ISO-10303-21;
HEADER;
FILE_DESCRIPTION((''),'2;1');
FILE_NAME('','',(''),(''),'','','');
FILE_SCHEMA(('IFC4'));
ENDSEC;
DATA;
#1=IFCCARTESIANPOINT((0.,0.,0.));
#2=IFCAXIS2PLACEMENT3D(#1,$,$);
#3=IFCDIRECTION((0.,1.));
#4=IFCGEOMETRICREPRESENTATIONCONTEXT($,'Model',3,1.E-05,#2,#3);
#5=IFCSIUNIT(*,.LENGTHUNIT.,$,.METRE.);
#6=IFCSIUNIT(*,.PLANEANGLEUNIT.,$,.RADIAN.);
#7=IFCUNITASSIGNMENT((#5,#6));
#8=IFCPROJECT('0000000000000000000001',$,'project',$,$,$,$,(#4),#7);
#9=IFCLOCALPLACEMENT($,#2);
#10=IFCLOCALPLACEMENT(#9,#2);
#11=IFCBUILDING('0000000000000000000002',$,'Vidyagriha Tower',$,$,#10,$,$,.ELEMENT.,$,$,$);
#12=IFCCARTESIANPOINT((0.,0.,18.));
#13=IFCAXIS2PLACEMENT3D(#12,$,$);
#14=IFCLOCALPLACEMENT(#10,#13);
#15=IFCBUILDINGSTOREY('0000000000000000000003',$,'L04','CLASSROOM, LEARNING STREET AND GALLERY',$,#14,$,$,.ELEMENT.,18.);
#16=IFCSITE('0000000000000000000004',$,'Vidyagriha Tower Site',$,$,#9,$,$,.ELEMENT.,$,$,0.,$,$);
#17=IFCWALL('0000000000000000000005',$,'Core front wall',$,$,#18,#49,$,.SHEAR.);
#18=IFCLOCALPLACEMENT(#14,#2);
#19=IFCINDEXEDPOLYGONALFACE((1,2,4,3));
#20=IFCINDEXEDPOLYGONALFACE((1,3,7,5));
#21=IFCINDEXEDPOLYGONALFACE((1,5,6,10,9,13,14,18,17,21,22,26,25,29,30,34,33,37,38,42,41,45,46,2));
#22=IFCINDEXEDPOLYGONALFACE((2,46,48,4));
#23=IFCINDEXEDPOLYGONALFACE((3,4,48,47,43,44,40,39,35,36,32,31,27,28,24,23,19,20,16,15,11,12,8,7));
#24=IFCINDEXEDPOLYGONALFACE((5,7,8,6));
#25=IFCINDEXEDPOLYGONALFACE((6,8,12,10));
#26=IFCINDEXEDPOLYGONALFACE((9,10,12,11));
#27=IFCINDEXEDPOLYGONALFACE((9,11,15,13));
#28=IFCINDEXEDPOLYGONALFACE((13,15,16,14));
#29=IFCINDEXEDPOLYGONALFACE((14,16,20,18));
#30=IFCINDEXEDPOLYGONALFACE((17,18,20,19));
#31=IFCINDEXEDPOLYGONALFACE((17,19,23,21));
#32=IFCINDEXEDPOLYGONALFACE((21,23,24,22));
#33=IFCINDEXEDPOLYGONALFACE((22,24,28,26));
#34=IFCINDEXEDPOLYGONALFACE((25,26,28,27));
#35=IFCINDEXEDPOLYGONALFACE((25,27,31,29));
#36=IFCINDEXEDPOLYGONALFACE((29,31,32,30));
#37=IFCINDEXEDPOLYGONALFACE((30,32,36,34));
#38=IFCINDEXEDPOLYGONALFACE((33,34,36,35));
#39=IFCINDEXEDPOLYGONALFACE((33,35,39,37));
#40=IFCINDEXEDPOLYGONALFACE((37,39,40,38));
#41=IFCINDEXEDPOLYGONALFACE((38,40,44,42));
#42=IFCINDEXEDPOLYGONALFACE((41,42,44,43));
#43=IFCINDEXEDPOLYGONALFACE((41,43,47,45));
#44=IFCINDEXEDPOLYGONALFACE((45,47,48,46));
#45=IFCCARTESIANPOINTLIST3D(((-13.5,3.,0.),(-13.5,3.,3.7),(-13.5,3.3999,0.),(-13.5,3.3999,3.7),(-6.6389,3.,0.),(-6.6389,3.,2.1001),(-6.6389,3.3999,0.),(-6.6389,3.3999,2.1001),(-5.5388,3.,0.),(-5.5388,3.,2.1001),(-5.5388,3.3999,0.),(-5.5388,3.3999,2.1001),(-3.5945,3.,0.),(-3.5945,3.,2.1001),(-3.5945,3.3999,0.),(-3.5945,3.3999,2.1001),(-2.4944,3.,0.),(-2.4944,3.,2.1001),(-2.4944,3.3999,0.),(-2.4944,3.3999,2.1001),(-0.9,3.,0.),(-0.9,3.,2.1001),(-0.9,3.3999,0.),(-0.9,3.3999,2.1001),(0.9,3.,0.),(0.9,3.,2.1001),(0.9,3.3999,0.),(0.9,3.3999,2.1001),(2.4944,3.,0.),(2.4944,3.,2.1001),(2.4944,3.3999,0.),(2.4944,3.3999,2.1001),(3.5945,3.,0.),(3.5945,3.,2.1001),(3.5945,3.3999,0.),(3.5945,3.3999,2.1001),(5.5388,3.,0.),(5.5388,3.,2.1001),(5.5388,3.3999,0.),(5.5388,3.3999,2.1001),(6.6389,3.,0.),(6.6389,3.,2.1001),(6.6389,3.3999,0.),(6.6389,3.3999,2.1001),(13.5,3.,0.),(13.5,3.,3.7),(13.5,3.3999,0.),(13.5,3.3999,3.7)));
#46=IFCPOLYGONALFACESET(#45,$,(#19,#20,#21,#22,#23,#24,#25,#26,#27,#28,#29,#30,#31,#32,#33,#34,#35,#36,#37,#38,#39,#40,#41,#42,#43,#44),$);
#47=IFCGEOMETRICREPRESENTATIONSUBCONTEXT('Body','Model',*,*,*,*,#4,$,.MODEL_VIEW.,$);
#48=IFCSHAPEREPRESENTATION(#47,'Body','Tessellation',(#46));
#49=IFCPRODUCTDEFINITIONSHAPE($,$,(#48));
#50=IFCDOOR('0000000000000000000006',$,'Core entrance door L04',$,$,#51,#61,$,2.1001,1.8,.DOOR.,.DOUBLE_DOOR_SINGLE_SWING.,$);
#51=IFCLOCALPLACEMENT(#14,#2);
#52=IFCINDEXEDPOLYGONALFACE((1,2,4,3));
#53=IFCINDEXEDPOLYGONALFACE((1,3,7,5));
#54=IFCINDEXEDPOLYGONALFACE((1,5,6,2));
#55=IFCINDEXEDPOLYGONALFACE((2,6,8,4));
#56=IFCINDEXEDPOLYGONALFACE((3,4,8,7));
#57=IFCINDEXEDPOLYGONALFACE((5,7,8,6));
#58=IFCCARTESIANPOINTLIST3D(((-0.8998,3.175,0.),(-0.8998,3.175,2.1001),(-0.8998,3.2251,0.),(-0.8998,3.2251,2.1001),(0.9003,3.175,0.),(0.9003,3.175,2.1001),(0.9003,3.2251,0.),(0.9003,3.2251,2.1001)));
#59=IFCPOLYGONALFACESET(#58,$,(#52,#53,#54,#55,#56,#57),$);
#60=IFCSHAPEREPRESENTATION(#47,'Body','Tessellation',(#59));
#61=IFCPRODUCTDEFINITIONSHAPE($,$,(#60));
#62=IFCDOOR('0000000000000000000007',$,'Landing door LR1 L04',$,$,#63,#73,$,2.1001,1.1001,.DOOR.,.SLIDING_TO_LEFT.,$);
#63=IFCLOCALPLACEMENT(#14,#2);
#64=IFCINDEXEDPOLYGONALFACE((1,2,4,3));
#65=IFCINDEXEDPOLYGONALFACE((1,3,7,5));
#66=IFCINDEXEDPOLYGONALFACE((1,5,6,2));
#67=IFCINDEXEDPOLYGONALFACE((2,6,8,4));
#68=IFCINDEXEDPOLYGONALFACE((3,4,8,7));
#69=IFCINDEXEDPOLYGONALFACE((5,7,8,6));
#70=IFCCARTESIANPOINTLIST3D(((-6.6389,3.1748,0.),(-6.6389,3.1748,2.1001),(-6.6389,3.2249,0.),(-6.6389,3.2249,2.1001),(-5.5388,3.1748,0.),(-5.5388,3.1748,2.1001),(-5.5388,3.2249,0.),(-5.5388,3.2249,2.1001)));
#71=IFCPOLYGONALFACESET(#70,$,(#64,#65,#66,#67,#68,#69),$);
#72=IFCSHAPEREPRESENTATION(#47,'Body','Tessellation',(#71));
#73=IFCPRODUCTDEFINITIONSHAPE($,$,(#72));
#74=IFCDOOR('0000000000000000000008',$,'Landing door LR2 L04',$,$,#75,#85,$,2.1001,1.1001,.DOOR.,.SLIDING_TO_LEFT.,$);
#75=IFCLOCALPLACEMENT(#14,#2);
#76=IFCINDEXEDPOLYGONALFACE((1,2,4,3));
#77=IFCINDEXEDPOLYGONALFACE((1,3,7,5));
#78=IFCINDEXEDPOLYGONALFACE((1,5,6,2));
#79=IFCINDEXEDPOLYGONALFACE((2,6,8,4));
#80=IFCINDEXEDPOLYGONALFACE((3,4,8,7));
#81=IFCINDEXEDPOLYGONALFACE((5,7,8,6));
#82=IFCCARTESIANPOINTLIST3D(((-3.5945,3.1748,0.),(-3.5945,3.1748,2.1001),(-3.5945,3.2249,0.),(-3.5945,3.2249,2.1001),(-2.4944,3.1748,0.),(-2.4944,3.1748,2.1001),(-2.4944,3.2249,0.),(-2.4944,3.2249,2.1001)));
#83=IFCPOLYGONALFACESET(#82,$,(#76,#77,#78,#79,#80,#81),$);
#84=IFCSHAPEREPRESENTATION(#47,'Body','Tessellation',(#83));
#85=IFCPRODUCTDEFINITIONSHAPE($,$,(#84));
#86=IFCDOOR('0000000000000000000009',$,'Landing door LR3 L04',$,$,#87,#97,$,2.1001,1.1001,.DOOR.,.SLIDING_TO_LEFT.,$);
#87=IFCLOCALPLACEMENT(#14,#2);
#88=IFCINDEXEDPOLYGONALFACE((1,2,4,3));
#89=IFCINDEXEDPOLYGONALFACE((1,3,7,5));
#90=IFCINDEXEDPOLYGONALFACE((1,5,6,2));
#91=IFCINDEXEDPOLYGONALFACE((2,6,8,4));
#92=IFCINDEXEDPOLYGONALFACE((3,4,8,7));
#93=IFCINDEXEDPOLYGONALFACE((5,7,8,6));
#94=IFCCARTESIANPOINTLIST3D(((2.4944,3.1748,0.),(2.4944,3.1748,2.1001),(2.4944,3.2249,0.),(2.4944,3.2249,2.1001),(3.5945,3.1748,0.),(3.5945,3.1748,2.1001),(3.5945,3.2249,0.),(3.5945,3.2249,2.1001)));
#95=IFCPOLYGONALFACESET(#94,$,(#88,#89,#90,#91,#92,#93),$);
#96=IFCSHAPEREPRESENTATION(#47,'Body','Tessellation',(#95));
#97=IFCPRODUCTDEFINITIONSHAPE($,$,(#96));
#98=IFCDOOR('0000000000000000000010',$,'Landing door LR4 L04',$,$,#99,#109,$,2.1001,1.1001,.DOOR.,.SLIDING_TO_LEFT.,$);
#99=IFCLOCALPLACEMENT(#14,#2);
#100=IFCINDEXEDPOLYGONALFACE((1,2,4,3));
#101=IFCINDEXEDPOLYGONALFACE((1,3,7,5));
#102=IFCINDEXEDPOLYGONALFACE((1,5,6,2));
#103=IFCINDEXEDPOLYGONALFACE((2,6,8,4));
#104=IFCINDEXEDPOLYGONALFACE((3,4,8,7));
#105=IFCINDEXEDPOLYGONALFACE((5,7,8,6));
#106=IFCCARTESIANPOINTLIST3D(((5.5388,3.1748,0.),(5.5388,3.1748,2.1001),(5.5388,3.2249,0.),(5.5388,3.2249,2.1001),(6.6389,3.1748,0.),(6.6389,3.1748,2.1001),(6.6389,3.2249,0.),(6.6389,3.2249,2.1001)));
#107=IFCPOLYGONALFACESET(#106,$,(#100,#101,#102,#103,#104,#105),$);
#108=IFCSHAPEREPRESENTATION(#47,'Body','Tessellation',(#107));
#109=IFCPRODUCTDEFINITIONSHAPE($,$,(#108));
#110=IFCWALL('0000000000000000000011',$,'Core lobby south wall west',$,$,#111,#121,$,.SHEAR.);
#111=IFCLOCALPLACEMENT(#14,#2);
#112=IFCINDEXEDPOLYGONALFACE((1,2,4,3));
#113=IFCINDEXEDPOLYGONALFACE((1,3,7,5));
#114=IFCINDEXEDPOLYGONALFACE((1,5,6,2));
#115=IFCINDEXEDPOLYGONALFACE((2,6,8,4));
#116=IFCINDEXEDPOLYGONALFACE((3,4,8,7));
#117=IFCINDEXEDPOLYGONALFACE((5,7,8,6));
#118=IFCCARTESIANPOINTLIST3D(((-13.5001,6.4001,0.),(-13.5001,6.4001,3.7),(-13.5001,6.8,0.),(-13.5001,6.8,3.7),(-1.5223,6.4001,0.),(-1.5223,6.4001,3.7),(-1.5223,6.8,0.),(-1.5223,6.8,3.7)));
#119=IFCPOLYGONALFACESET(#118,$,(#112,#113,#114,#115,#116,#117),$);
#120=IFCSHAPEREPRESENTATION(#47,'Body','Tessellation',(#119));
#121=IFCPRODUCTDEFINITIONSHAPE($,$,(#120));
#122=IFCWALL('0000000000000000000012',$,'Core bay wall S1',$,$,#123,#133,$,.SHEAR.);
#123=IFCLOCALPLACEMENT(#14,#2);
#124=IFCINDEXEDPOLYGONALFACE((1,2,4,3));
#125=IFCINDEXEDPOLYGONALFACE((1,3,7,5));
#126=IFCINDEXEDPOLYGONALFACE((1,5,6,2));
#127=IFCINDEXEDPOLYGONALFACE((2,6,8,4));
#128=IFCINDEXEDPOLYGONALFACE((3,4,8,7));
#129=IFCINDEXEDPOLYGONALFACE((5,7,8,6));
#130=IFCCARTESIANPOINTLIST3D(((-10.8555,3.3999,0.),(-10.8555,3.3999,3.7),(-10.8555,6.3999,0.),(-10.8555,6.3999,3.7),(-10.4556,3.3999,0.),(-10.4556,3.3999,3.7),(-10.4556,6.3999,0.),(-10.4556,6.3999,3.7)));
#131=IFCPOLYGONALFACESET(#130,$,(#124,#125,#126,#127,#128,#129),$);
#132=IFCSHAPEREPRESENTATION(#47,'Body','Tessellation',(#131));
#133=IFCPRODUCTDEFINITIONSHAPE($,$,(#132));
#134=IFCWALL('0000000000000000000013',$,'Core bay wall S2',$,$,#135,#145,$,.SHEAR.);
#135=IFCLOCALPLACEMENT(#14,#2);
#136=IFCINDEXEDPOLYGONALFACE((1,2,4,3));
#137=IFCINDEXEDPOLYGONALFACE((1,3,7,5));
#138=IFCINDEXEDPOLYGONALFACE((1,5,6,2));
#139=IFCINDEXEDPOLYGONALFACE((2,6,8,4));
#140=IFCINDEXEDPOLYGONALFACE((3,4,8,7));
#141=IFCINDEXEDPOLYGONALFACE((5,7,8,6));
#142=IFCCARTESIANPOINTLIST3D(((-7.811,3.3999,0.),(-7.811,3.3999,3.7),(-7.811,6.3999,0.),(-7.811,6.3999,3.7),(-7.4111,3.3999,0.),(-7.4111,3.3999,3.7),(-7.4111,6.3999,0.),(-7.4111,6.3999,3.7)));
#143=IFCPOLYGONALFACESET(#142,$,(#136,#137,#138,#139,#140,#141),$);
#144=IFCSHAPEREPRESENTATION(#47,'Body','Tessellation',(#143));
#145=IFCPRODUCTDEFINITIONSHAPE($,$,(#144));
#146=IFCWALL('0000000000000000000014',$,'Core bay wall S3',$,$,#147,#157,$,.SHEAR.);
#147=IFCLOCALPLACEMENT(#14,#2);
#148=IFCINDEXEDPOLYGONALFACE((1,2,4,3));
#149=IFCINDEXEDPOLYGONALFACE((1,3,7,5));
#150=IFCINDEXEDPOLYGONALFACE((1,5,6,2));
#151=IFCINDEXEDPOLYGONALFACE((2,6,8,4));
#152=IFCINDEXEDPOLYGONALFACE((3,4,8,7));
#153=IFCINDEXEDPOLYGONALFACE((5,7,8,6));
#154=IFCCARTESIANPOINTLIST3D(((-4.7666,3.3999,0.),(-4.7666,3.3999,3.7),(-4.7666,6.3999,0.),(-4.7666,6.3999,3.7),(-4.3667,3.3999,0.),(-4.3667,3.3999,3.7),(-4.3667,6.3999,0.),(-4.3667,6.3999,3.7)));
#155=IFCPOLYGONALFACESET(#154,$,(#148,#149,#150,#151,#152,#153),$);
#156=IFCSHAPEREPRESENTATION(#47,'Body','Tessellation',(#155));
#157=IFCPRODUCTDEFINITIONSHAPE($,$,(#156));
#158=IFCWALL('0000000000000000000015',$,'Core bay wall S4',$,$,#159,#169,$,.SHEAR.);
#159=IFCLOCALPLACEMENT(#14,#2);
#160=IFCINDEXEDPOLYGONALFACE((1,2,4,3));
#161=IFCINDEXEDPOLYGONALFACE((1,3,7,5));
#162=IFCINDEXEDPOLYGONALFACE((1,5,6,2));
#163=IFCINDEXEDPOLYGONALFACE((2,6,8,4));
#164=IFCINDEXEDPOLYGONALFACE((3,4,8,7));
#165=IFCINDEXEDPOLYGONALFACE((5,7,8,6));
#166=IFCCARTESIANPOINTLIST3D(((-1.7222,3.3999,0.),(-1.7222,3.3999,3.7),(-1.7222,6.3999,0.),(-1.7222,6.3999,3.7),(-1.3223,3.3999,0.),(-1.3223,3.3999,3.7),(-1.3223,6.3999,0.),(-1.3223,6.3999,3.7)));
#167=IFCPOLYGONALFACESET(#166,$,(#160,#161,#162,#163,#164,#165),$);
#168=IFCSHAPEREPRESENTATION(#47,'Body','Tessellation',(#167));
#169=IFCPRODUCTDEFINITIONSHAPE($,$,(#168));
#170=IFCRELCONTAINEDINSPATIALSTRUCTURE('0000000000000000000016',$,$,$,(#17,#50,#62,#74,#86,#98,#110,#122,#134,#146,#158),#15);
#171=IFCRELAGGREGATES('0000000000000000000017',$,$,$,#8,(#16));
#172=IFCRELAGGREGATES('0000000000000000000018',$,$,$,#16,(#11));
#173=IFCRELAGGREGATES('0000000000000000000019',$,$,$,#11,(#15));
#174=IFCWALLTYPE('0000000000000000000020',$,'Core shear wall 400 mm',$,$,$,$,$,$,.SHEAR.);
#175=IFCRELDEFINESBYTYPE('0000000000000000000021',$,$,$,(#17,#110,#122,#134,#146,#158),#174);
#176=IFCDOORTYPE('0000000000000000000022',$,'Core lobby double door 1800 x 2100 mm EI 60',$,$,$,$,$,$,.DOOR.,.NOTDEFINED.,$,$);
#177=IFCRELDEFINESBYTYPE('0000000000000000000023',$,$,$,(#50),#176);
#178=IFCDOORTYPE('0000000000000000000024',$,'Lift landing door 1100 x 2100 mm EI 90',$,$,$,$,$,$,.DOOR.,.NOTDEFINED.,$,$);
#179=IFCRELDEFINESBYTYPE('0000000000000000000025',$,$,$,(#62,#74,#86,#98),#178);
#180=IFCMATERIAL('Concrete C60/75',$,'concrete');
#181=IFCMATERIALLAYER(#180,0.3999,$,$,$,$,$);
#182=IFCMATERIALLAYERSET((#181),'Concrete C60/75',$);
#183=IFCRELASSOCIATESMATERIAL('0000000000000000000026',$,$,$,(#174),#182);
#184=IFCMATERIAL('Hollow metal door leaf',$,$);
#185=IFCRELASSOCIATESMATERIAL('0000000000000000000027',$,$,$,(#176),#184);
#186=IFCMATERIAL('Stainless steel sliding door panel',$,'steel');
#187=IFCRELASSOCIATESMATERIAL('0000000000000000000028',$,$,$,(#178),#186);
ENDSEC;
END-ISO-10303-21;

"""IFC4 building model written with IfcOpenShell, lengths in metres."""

from ifc_helpers import new_model, si_unit, direction, frame, frame_2d, origin, place, context, subcontext, project, spatial, rectangle, extrude, material, layer, layer_set, type_object, element, fill, save


model = new_model("IFC4")

# Units and contexts
model_context = context("Model", 3, precision=1e-05, world=origin(), true_north=direction((0.0, 1.0)))
body_context = subcontext(model_context, "Body", "Model", "MODEL_VIEW")
ifc_project = project(units=[si_unit("LENGTHUNIT", "METRE"), si_unit("PLANEANGLEUNIT", "RADIAN")], contexts=[model_context])

# Site, building, storey
site_placement = place(None, origin())
site = spatial("IfcSite", under=ifc_project, at=site_placement, Name="Vidyagriha Tower Site", CompositionType="ELEMENT", RefElevation=0.0)
building_placement = place(site_placement, origin())
building = spatial("IfcBuilding", under=site, at=building_placement, Name="Vidyagriha Tower", CompositionType="ELEMENT")
storey_placement = place(building_placement, frame((0.0, 0.0, 18.0)))
storey = spatial("IfcBuildingStorey", under=building, at=storey_placement, Name="L04", Description="CLASSROOM, LEARNING STREET AND GALLERY", CompositionType="ELEMENT", Elevation=18.0)

# Wall, openings, doors
ifc_material_1 = material(Name="Concrete C60/75", Category="concrete")
ifc_layer_1 = layer(ifc_material_1, 0.3999)
ifc_layer_set_1 = layer_set([ifc_layer_1], Name="Concrete C60/75")
wall_type_1 = type_object("IfcWallType", Name="Core shear wall 400 mm", PredefinedType="SHEAR", material=ifc_layer_set_1)
wall_1_placement = place(storey_placement, frame((-13.5, 3.2, 0.0)))
wall_1 = element("IfcWall", 1, at=wall_1_placement, inside=storey, type_object=wall_type_1, Name="Core front wall", PredefinedType="SHEAR", context=body_context, shape_type="SweptSolid", body=[
    extrude(rectangle(XDim=27.0, YDim=0.3999, at=frame_2d((13.5, 0.0))), origin(), (0.0, 0.0, 1.0), 3.7),
])
opening_1_placement = place(wall_1_placement, frame((6.8611, 0.0, 0.0)))
opening_1 = element("IfcOpeningElement", 2, at=opening_1_placement, cuts=wall_1, PredefinedType="OPENING", context=body_context, shape_type="SweptSolid", body=[
    extrude(rectangle(XDim=1.1001, YDim=2.1001, at=frame_2d((0.55, 1.05))), frame((0.0, 0.21, 0.0), z_axis=(0.0, -1.0, 0.0), x_axis=(1.0, 0.0, 0.0)), (0.0, 0.0, 1.0), 0.4199),
])
opening_2_placement = place(wall_1_placement, frame((9.9055, 0.0, 0.0)))
opening_2 = element("IfcOpeningElement", 3, at=opening_2_placement, cuts=wall_1, PredefinedType="OPENING", context=body_context, shape_type="SweptSolid", body=[
    extrude(rectangle(XDim=1.1001, YDim=2.1001, at=frame_2d((0.55, 1.05))), frame((0.0, 0.21, 0.0), z_axis=(0.0, -1.0, 0.0), x_axis=(1.0, 0.0, 0.0)), (0.0, 0.0, 1.0), 0.4199),
])
opening_3_placement = place(wall_1_placement, frame((15.9944, 0.0, 0.0)))
opening_3 = element("IfcOpeningElement", 4, at=opening_3_placement, cuts=wall_1, PredefinedType="OPENING", context=body_context, shape_type="SweptSolid", body=[
    extrude(rectangle(XDim=1.1001, YDim=2.1001, at=frame_2d((0.55, 1.05))), frame((0.0, 0.21, 0.0), z_axis=(0.0, -1.0, 0.0), x_axis=(1.0, 0.0, 0.0)), (0.0, 0.0, 1.0), 0.4199),
])
opening_4_placement = place(wall_1_placement, frame((19.0388, 0.0, 0.0)))
opening_4 = element("IfcOpeningElement", 5, at=opening_4_placement, cuts=wall_1, PredefinedType="OPENING", context=body_context, shape_type="SweptSolid", body=[
    extrude(rectangle(XDim=1.1001, YDim=2.1001, at=frame_2d((0.55, 1.05))), frame((0.0, 0.21, 0.0), z_axis=(0.0, -1.0, 0.0), x_axis=(1.0, 0.0, 0.0)), (0.0, 0.0, 1.0), 0.4199),
])
opening_5_placement = place(wall_1_placement, frame((12.6001, 0.0, 0.0)))
opening_5 = element("IfcOpeningElement", 6, at=opening_5_placement, cuts=wall_1, PredefinedType="OPENING", context=body_context, shape_type="SweptSolid", body=[
    extrude(rectangle(XDim=1.8, YDim=2.1001, at=frame_2d((0.8999, 1.05))), frame((0.0, 0.21, 0.0), z_axis=(0.0, -1.0, 0.0), x_axis=(1.0, 0.0, 0.0)), (0.0, 0.0, 1.0), 0.4199),
])
ifc_material_2 = material(Name="Hollow metal door leaf")
door_type_1 = type_object("IfcDoorType", Name="Core lobby double door 1800 x 2100 mm EI 60", OperationType="NOTDEFINED", PredefinedType="DOOR", material=ifc_material_2)
door_1_placement = place(opening_5_placement, frame((1.8, 0.0, 0.0), z_axis=(0.0, 0.0, 1.0), x_axis=(-1.0, 0.0, 0.0)))
door_1 = element("IfcDoor", 7, at=door_1_placement, inside=storey, type_object=door_type_1, Name="Core entrance door L04", OperationType="DOUBLE_DOOR_SINGLE_SWING", OverallHeight=2.1001, OverallWidth=1.8, PredefinedType="DOOR", context=body_context, shape_type="SweptSolid", body=[
    extrude(rectangle(XDim=1.8, YDim=2.1001, at=frame_2d((0.8999, 1.05))), frame((0.0, 0.0249, 0.0), z_axis=(0.0, -1.0, 0.0), x_axis=(1.0, 0.0, 0.0)), (0.0, 0.0, 1.0), 0.05),
])
fill(opening_5, door_1)
ifc_material_3 = material(Name="Stainless steel sliding door panel", Category="steel")
door_type_2 = type_object("IfcDoorType", Name="Lift landing door 1100 x 2100 mm EI 90", OperationType="NOTDEFINED", PredefinedType="DOOR", material=ifc_material_3)
door_2_placement = place(opening_1_placement, origin())
door_2 = element("IfcDoor", 8, at=door_2_placement, inside=storey, type_object=door_type_2, Name="Landing door LR1 L04", OperationType="SLIDING_TO_LEFT", OverallHeight=2.1001, OverallWidth=1.1001, PredefinedType="DOOR", context=body_context, shape_type="SweptSolid", body=[
    extrude(rectangle(XDim=1.1001, YDim=2.1001, at=frame_2d((0.55, 1.05))), frame((0.0, 0.0249, 0.0), z_axis=(0.0, -1.0, 0.0), x_axis=(1.0, 0.0, 0.0)), (0.0, 0.0, 1.0), 0.05),
])
fill(opening_1, door_2)
door_3_placement = place(opening_2_placement, origin())
door_3 = element("IfcDoor", 9, at=door_3_placement, inside=storey, type_object=door_type_2, Name="Landing door LR2 L04", OperationType="SLIDING_TO_LEFT", OverallHeight=2.1001, OverallWidth=1.1001, PredefinedType="DOOR", context=body_context, shape_type="SweptSolid", body=[
    extrude(rectangle(XDim=1.1001, YDim=2.1001, at=frame_2d((0.55, 1.05))), frame((0.0, 0.0249, 0.0), z_axis=(0.0, -1.0, 0.0), x_axis=(1.0, 0.0, 0.0)), (0.0, 0.0, 1.0), 0.05),
])
fill(opening_2, door_3)
door_4_placement = place(opening_3_placement, origin())
door_4 = element("IfcDoor", 10, at=door_4_placement, inside=storey, type_object=door_type_2, Name="Landing door LR3 L04", OperationType="SLIDING_TO_LEFT", OverallHeight=2.1001, OverallWidth=1.1001, PredefinedType="DOOR", context=body_context, shape_type="SweptSolid", body=[
    extrude(rectangle(XDim=1.1001, YDim=2.1001, at=frame_2d((0.55, 1.05))), frame((0.0, 0.0249, 0.0), z_axis=(0.0, -1.0, 0.0), x_axis=(1.0, 0.0, 0.0)), (0.0, 0.0, 1.0), 0.05),
])
fill(opening_3, door_4)
door_5_placement = place(opening_4_placement, origin())
door_5 = element("IfcDoor", 11, at=door_5_placement, inside=storey, type_object=door_type_2, Name="Landing door LR4 L04", OperationType="SLIDING_TO_LEFT", OverallHeight=2.1001, OverallWidth=1.1001, PredefinedType="DOOR", context=body_context, shape_type="SweptSolid", body=[
    extrude(rectangle(XDim=1.1001, YDim=2.1001, at=frame_2d((0.55, 1.05))), frame((0.0, 0.0249, 0.0), z_axis=(0.0, -1.0, 0.0), x_axis=(1.0, 0.0, 0.0)), (0.0, 0.0, 1.0), 0.05),
])
fill(opening_4, door_5)

# Walls
wall_2_placement = place(storey_placement, frame((-13.5, 6.6001, 0.0)))
element("IfcWall", 12, at=wall_2_placement, inside=storey, type_object=wall_type_1, Name="Core lobby south wall west", PredefinedType="SHEAR", context=body_context, shape_type="SweptSolid", body=[
    extrude(rectangle(XDim=11.9778, YDim=0.3999, at=frame_2d((5.9888, 0.0))), origin(), (0.0, 0.0, 1.0), 3.7),
])
for number, where, z_axis, x_axis, name in (
    (13, (-10.6555, 3.3999, 0.0), (0.0, 0.0, 1.0), (0.0, 1.0, 0.0), "Core bay wall S1"),
    (14, (-7.6111, 3.3999, 0.0), (0.0, 0.0, 1.0), (0.0, 1.0, 0.0), "Core bay wall S2"),
    (15, (-4.5667, 3.3999, 0.0), (0.0, 0.0, 1.0), (0.0, 1.0, 0.0), "Core bay wall S3"),
    (16, (-1.5222, 3.3999, 0.0), (0.0, 0.0, 1.0), (0.0, 1.0, 0.0), "Core bay wall S4"),
):
    element("IfcWall", number, at=place(storey_placement, frame(where, z_axis=z_axis, x_axis=x_axis)), inside=storey, type_object=wall_type_1, Name=name, PredefinedType="SHEAR", context=body_context, shape_type="SweptSolid", body=[
        extrude(rectangle(XDim=3.0, YDim=0.3999, at=frame_2d((1.5, 0.0))), origin(), (0.0, 0.0, 1.0), 3.7),
    ])

save(model, "model.ifc")
